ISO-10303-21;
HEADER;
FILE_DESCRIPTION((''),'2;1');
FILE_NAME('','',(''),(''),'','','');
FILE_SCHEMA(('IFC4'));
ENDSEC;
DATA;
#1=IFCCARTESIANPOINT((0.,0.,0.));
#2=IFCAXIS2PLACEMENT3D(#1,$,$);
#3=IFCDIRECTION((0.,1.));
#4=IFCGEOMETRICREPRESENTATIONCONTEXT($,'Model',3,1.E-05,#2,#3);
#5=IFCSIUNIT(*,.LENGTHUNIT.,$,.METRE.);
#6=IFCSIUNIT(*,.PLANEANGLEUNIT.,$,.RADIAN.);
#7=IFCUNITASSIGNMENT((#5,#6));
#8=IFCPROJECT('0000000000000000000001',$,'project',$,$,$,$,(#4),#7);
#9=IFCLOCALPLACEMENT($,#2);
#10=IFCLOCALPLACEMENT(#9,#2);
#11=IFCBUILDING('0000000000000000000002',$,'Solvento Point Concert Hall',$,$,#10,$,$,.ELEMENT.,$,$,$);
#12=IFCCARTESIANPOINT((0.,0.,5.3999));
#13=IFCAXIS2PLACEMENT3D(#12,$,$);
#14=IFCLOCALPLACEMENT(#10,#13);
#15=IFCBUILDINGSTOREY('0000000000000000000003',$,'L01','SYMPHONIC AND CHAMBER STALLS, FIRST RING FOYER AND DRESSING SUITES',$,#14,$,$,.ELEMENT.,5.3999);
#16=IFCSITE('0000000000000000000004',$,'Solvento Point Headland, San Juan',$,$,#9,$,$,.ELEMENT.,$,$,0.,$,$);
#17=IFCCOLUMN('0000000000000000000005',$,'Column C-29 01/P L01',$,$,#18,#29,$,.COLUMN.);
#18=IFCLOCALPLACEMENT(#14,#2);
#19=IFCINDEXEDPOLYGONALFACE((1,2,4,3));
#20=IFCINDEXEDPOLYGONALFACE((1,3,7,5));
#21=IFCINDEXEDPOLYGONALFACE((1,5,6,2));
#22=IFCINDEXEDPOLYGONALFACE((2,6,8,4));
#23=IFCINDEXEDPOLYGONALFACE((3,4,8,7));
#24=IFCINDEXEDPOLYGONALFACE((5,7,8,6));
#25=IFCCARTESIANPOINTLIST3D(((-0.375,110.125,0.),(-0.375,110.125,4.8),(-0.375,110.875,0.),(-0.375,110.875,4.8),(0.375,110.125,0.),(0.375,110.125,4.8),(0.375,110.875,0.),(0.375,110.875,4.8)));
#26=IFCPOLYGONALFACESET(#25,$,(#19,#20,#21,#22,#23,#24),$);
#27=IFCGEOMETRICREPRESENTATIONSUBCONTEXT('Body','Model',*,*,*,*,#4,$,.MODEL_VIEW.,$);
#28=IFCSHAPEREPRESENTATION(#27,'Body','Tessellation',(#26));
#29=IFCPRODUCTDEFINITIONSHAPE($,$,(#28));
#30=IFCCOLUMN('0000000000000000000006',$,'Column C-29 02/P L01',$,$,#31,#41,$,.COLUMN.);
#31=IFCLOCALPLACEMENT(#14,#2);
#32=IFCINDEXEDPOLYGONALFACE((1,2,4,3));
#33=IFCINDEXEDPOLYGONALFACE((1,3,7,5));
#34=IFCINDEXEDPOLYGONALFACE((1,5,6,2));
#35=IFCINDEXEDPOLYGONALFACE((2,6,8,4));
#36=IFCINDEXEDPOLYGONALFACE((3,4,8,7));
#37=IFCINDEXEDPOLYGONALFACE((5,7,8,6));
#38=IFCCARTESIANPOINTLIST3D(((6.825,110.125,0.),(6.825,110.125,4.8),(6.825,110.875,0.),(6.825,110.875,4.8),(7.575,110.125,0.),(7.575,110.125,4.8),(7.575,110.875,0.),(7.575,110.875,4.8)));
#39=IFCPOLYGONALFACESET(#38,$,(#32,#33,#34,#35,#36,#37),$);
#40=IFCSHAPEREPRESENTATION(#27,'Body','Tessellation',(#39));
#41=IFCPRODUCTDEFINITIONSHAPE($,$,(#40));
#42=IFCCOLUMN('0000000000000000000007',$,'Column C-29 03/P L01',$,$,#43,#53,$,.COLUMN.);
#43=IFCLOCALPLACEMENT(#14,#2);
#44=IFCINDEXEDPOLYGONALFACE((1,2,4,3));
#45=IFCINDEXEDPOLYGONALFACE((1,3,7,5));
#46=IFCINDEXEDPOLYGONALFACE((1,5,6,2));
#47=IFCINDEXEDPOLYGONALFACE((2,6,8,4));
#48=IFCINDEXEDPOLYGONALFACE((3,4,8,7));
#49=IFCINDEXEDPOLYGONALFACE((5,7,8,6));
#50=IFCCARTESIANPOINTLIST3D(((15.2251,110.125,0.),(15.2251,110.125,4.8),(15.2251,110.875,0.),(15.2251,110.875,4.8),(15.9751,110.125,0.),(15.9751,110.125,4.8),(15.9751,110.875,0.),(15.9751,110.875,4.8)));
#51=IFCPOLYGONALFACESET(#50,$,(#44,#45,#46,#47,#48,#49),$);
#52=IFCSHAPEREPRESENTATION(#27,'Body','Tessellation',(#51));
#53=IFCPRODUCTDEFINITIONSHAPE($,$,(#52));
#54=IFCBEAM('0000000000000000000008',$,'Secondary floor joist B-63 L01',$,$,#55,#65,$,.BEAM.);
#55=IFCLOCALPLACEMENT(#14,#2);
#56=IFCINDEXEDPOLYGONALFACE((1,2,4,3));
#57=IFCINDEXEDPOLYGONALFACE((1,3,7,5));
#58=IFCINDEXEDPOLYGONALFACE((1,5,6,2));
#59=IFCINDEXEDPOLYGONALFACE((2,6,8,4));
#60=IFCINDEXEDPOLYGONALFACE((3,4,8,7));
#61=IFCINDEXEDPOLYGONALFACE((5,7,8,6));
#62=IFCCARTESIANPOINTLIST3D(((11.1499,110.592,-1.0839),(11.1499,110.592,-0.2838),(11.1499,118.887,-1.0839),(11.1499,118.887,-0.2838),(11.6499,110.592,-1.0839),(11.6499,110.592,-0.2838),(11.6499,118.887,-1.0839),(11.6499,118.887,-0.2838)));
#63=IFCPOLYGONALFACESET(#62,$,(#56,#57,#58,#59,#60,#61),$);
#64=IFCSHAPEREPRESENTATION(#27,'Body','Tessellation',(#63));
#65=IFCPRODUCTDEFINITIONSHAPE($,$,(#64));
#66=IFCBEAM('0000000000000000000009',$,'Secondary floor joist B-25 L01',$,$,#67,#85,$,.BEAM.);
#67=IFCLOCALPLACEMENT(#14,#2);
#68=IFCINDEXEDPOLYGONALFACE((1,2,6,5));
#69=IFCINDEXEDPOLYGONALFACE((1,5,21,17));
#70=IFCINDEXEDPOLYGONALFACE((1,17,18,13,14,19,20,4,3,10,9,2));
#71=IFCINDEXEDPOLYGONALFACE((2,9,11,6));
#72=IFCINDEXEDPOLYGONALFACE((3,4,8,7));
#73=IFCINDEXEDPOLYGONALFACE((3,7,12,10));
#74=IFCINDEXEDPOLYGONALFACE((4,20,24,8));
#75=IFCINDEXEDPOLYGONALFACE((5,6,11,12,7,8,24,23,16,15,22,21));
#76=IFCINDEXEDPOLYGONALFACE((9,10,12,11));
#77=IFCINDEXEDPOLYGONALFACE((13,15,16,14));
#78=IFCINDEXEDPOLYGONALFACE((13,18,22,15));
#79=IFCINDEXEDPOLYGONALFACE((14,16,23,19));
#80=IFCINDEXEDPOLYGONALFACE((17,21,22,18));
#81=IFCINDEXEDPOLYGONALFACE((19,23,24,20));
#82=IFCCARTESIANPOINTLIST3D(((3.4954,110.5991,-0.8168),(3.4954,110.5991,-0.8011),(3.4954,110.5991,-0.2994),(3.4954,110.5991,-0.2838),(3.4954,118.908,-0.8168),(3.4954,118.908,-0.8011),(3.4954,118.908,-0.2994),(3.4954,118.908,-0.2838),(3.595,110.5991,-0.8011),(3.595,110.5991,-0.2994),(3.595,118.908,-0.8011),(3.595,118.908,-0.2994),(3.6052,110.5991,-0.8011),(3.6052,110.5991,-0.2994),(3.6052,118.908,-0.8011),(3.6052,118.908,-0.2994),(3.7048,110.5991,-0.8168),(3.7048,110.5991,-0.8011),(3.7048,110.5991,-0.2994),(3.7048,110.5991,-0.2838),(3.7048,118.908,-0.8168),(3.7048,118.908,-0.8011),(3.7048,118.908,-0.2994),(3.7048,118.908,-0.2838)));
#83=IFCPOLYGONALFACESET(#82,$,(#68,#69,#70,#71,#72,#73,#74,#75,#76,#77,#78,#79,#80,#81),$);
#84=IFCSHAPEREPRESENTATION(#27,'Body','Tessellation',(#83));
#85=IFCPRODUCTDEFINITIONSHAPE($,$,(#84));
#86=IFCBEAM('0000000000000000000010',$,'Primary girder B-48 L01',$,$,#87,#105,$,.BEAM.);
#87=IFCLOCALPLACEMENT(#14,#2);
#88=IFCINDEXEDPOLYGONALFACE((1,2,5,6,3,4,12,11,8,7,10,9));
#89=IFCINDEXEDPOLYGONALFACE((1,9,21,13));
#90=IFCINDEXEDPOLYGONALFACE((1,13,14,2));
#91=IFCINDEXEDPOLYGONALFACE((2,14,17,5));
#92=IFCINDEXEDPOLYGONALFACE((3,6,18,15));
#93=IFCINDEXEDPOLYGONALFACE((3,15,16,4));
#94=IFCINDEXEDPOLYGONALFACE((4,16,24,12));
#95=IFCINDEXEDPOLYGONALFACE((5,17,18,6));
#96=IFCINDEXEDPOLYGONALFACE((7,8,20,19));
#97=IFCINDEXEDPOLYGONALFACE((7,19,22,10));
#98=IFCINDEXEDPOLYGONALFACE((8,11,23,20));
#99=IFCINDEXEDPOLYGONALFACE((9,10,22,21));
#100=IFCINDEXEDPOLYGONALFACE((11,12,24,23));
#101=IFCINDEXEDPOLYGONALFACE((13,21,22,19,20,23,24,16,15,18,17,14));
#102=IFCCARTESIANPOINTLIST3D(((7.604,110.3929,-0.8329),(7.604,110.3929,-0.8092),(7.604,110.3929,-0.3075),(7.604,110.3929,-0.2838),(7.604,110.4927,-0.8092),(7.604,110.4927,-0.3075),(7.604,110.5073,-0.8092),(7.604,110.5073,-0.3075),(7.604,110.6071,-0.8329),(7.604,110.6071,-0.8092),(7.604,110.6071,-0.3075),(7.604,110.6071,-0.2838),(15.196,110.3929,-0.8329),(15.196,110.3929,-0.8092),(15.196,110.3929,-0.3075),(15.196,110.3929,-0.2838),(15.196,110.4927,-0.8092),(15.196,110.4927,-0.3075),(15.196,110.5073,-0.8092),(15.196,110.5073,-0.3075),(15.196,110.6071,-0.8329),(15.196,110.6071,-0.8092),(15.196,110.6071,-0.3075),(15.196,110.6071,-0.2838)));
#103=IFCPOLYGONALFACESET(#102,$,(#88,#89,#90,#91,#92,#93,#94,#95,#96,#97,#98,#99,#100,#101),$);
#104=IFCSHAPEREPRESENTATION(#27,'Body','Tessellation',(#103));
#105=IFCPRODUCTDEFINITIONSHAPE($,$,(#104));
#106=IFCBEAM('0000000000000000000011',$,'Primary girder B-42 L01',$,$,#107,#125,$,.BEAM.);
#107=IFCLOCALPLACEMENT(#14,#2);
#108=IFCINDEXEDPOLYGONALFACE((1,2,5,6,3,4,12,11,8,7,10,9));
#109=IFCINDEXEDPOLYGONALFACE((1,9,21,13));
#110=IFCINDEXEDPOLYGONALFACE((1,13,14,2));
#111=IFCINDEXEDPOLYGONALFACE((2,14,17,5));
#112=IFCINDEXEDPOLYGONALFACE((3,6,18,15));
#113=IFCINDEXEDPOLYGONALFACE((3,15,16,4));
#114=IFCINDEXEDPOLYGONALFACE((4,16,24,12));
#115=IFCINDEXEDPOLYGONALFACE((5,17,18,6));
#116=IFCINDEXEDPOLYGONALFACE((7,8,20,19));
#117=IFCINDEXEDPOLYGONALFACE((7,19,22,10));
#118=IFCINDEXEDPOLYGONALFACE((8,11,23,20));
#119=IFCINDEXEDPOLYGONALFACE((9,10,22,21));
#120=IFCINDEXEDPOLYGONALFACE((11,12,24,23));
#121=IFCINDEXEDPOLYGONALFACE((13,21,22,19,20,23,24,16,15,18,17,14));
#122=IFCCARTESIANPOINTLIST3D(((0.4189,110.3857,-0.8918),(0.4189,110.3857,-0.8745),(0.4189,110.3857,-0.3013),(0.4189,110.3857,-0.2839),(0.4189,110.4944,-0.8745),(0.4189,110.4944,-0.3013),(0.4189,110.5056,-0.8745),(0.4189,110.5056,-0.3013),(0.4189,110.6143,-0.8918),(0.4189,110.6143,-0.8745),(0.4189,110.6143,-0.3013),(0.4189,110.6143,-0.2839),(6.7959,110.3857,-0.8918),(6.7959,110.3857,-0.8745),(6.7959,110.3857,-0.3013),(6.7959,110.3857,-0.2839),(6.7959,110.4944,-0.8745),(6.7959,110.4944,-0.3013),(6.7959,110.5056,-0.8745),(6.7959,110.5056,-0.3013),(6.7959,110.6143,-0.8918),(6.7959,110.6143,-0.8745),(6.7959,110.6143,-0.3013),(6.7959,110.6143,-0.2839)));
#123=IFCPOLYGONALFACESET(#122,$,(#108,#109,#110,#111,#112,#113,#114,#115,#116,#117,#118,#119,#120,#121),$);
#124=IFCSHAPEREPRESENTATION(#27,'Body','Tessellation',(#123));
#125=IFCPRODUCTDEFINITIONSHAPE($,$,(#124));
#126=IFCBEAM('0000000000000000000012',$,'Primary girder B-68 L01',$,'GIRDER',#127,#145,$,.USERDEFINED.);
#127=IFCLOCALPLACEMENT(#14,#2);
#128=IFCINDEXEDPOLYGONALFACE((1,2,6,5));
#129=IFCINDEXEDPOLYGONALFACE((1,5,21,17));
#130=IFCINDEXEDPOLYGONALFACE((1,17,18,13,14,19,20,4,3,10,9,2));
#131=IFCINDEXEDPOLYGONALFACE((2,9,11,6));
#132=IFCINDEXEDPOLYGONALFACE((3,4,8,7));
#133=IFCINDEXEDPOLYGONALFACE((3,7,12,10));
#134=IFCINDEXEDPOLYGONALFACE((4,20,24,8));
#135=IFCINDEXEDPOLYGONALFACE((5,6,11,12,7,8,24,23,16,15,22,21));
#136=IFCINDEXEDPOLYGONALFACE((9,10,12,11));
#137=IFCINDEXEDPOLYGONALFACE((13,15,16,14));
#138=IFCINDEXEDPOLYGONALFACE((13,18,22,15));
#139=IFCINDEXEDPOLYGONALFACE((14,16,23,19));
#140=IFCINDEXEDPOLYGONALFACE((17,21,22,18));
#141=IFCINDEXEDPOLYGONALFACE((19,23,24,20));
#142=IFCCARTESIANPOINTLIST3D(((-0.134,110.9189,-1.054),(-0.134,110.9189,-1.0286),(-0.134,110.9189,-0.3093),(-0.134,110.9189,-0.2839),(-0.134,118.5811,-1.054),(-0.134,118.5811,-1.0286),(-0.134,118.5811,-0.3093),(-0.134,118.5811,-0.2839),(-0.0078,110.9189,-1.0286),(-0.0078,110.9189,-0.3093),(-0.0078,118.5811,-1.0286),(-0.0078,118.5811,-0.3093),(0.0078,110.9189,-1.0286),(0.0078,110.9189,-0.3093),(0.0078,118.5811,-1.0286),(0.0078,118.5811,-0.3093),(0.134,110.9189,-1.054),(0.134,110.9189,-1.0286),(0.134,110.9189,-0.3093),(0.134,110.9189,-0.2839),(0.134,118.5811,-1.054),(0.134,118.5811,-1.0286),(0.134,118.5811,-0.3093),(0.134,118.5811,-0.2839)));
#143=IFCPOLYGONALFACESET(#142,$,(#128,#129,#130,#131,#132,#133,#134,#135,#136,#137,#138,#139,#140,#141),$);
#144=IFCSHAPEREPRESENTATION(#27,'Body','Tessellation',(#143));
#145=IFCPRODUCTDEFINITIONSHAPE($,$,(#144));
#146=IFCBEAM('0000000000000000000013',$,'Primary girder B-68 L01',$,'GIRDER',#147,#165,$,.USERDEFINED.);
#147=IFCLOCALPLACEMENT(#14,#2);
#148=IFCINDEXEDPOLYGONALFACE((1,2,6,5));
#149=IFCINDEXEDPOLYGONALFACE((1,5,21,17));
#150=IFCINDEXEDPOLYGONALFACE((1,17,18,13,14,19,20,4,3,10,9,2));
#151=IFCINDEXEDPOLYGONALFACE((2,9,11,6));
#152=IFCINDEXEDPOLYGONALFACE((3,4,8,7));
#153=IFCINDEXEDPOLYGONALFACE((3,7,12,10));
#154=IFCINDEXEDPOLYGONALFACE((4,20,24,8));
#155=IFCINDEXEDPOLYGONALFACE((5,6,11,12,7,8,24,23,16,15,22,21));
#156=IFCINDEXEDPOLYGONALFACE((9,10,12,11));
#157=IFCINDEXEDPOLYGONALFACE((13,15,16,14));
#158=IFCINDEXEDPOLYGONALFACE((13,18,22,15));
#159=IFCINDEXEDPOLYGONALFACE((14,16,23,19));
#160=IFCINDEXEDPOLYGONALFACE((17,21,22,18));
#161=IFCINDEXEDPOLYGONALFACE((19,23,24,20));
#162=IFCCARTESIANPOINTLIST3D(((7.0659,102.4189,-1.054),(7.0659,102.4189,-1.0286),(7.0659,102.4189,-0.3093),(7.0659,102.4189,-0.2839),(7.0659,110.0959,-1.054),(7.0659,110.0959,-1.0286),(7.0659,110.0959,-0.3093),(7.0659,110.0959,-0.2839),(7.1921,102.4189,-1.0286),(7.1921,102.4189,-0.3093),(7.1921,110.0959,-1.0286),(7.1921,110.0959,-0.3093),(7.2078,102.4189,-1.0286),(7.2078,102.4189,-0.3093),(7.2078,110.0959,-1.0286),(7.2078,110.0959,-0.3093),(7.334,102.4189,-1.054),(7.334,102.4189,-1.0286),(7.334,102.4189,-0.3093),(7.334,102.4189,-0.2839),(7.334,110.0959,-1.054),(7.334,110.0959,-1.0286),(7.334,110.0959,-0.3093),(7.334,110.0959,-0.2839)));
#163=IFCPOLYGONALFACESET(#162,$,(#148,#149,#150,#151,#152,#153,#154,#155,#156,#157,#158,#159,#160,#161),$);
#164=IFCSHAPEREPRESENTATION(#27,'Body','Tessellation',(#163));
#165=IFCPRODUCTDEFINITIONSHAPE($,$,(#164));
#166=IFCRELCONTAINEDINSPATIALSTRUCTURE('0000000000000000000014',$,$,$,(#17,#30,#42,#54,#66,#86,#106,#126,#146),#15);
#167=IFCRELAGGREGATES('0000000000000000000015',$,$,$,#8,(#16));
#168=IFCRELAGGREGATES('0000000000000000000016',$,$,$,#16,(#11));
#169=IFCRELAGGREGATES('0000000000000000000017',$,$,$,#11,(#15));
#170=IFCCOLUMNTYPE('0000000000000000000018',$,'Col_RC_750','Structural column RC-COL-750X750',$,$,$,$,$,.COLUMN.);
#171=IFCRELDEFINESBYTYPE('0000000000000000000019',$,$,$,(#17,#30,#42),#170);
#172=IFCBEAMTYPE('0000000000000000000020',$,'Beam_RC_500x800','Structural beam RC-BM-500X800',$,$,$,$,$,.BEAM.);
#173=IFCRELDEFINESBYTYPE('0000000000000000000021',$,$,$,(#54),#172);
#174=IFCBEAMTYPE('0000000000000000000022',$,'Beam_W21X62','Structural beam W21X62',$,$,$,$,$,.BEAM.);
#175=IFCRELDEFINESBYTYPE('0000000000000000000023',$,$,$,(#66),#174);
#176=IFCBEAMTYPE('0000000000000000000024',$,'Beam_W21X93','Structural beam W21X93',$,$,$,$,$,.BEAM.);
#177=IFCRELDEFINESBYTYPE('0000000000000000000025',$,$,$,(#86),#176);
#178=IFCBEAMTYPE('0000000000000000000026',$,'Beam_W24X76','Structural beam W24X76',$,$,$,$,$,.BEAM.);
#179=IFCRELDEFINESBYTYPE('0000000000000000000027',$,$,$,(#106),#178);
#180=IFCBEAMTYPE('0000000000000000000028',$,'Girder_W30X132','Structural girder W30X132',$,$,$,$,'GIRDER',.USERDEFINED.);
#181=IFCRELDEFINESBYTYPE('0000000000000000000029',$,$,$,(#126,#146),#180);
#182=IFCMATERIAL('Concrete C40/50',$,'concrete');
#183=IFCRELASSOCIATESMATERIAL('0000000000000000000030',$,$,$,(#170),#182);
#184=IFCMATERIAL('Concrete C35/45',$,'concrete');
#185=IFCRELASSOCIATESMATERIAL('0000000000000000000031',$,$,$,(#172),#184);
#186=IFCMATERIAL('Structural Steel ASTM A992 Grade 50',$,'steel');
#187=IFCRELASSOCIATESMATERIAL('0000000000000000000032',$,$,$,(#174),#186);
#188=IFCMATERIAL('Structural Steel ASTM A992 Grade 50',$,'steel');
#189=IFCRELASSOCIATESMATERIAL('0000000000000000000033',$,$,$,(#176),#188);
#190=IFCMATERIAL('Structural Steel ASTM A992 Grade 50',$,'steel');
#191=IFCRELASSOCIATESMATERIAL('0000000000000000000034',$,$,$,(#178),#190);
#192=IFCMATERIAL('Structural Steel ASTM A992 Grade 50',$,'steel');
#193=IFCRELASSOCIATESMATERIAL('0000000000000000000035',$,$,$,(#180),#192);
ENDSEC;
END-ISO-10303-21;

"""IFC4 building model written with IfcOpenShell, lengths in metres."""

from ifc_helpers import new_model, si_unit, direction, frame, origin, origin_2d, place, context, subcontext, project, spatial, rectangle, i_section, extrude, material, material_profile, profile_set, type_object, element, save


model = new_model("IFC4")

# Units and contexts
model_context = context("Model", 3, precision=1e-05, world=origin(), true_north=direction((0.0, 1.0)))
body_context = subcontext(model_context, "Body", "Model", "MODEL_VIEW")
ifc_project = project(units=[si_unit("LENGTHUNIT", "METRE"), si_unit("PLANEANGLEUNIT", "RADIAN")], contexts=[model_context])

# Site, building, storey
site_placement = place(None, origin())
site = spatial("IfcSite", under=ifc_project, at=site_placement, Name="Solvento Point Headland, San Juan", CompositionType="ELEMENT", RefElevation=0.0)
building_placement = place(site_placement, origin())
building = spatial("IfcBuilding", under=site, at=building_placement, Name="Solvento Point Concert Hall", CompositionType="ELEMENT")
storey_placement = place(building_placement, frame((0.0, 0.0, 5.3999)))
storey = spatial("IfcBuildingStorey", under=building, at=storey_placement, Name="L01", Description="SYMPHONIC AND CHAMBER STALLS, FIRST RING FOYER AND DRESSING SUITES", CompositionType="ELEMENT", Elevation=5.3999)

# Columns
ifc_material_1 = material(Name="Concrete C40/50", Category="concrete")
ifc_material_profile_1 = material_profile(ifc_material_1, rectangle(XDim=0.75, YDim=0.75, at=origin_2d()), Name="RC-COL-750X750")
ifc_profile_set_1 = profile_set([ifc_material_profile_1], Name="Concrete C40/50")
column_type = type_object("IfcColumnType", Name="Col_RC_750", Description="Structural column RC-COL-750X750", PredefinedType="COLUMN", material=ifc_profile_set_1)
for number, where, z_axis, x_axis, name in (
    (1, (0.0, 110.5, 0.0), (0.0, 0.0, 1.0), (1.0, 0.0, 0.0), "Column C-29 01/P L01"),
    (2, (7.2, 110.5, 0.0), (0.0, 0.0, 1.0), (1.0, 0.0, 0.0), "Column C-29 02/P L01"),
    (3, (15.6001, 110.5, 0.0), (0.0, 0.0, 1.0), (1.0, 0.0, 0.0), "Column C-29 03/P L01"),
):
    element("IfcColumn", number, at=place(storey_placement, frame(where, z_axis=z_axis, x_axis=x_axis)), inside=storey, type_object=column_type, Name=name, PredefinedType="COLUMN", context=body_context, shape_type="SweptSolid", body=[
        extrude(rectangle(XDim=0.75, YDim=0.75, at=origin_2d()), origin(), (0.0, 0.0, 1.0), 4.8),
    ])

# Beams
ifc_material_2 = material(Name="Concrete C35/45", Category="concrete")
ifc_material_profile_2 = material_profile(ifc_material_2, rectangle(XDim=0.5, YDim=0.8, at=origin_2d()), Name="RC-BM-500X800")
ifc_profile_set_2 = profile_set([ifc_material_profile_2], Name="Concrete C35/45")
beam_type_1 = type_object("IfcBeamType", Name="Beam_RC_500x800", Description="Structural beam RC-BM-500X800", PredefinedType="BEAM", material=ifc_profile_set_2)
beam_1_placement = place(storey_placement, frame((11.3999, 110.592, -0.6838), z_axis=(0.0, 1.0, 0.0), x_axis=(-1.0, 0.0, 0.0)))
element("IfcBeam", 4, at=beam_1_placement, inside=storey, type_object=beam_type_1, Name="Secondary floor joist B-63 L01", PredefinedType="BEAM", context=body_context, shape_type="SweptSolid", body=[
    extrude(rectangle(XDim=0.5, YDim=0.8, at=origin_2d()), origin(), (0.0, 0.0, 1.0), 8.2949),
])
ifc_material_3 = material(Name="Structural Steel ASTM A992 Grade 50", Category="steel")
ifc_material_profile_3 = material_profile(ifc_material_3, i_section(OverallWidth=0.2095, OverallDepth=0.533, WebThickness=0.0103, FlangeThickness=0.0156, at=origin_2d()), Name="W21X62")
ifc_profile_set_3 = profile_set([ifc_material_profile_3], Name="Structural Steel ASTM A992 Grade 50")
beam_type_2 = type_object("IfcBeamType", Name="Beam_W21X62", Description="Structural beam W21X62", PredefinedType="BEAM", material=ifc_profile_set_3)
beam_2_placement = place(storey_placement, frame((3.6001, 110.5991, -0.5503), z_axis=(0.0, 1.0, 0.0), x_axis=(-1.0, 0.0, 0.0)))
element("IfcBeam", 5, at=beam_2_placement, inside=storey, type_object=beam_type_2, Name="Secondary floor joist B-25 L01", PredefinedType="BEAM", context=body_context, shape_type="SweptSolid", body=[
    extrude(i_section(OverallWidth=0.2095, OverallDepth=0.533, WebThickness=0.0103, FlangeThickness=0.0156, at=origin_2d()), origin(), (0.0, 0.0, 1.0), 8.3088),
])
ifc_material_4 = material(Name="Structural Steel ASTM A992 Grade 50", Category="steel")
ifc_material_profile_4 = material_profile(ifc_material_4, i_section(OverallWidth=0.2141, OverallDepth=0.5491, WebThickness=0.0146, FlangeThickness=0.0237, at=origin_2d()), Name="W21X93")
ifc_profile_set_4 = profile_set([ifc_material_profile_4], Name="Structural Steel ASTM A992 Grade 50")
beam_type_3 = type_object("IfcBeamType", Name="Beam_W21X93", Description="Structural beam W21X93", PredefinedType="BEAM", material=ifc_profile_set_4)
beam_3_placement = place(storey_placement, frame((7.604, 110.5, -0.5583), z_axis=(1.0, 0.0, 0.0), x_axis=(0.0, 1.0, 0.0)))
element("IfcBeam", 6, at=beam_3_placement, inside=storey, type_object=beam_type_3, Name="Primary girder B-48 L01", PredefinedType="BEAM", context=body_context, shape_type="SweptSolid", body=[
    extrude(i_section(OverallWidth=0.2141, OverallDepth=0.5491, WebThickness=0.0146, FlangeThickness=0.0237, at=origin_2d()), origin(), (0.0, 0.0, 1.0), 7.592),
])
ifc_material_5 = material(Name="Structural Steel ASTM A992 Grade 50", Category="steel")
ifc_material_profile_5 = material_profile(ifc_material_5, i_section(OverallWidth=0.2285, OverallDepth=0.6079, WebThickness=0.0112, FlangeThickness=0.0173, at=origin_2d()), Name="W24X76")
ifc_profile_set_5 = profile_set([ifc_material_profile_5], Name="Structural Steel ASTM A992 Grade 50")
beam_type_4 = type_object("IfcBeamType", Name="Beam_W24X76", Description="Structural beam W24X76", PredefinedType="BEAM", material=ifc_profile_set_5)
beam_4_placement = place(storey_placement, frame((0.4189, 110.5, -0.5879), z_axis=(1.0, 0.0, 0.0), x_axis=(0.0, 1.0, 0.0)))
element("IfcBeam", 7, at=beam_4_placement, inside=storey, type_object=beam_type_4, Name="Primary girder B-42 L01", PredefinedType="BEAM", context=body_context, shape_type="SweptSolid", body=[
    extrude(i_section(OverallWidth=0.2285, OverallDepth=0.6079, WebThickness=0.0112, FlangeThickness=0.0173, at=origin_2d()), origin(), (0.0, 0.0, 1.0), 6.377),
])
ifc_material_6 = material(Name="Structural Steel ASTM A992 Grade 50", Category="steel")
ifc_material_profile_6 = material_profile(ifc_material_6, i_section(OverallWidth=0.2681, OverallDepth=0.77, WebThickness=0.0156, FlangeThickness=0.0254, at=origin_2d()), Name="W30X132")
ifc_profile_set_6 = profile_set([ifc_material_profile_6], Name="Structural Steel ASTM A992 Grade 50")
beam_type_5 = type_object("IfcBeamType", Name="Girder_W30X132", Description="Structural girder W30X132", ElementType="GIRDER", PredefinedType="USERDEFINED", material=ifc_profile_set_6)
beam_5_placement = place(storey_placement, frame((0.0, 110.9189, -0.6689), z_axis=(0.0, 1.0, 0.0), x_axis=(-1.0, 0.0, 0.0)))
element("IfcBeam", 8, at=beam_5_placement, inside=storey, type_object=beam_type_5, Name="Primary girder B-68 L01", ObjectType="GIRDER", PredefinedType="USERDEFINED", context=body_context, shape_type="SweptSolid", body=[
    extrude(i_section(OverallWidth=0.2681, OverallDepth=0.77, WebThickness=0.0156, FlangeThickness=0.0254, at=origin_2d()), origin(), (0.0, 0.0, 1.0), 7.6621),
])
beam_6_placement = place(storey_placement, frame((7.2, 102.4189, -0.6689), z_axis=(0.0, 1.0, 0.0), x_axis=(-1.0, 0.0, 0.0)))
element("IfcBeam", 9, at=beam_6_placement, inside=storey, type_object=beam_type_5, Name="Primary girder B-68 L01", ObjectType="GIRDER", PredefinedType="USERDEFINED", context=body_context, shape_type="SweptSolid", body=[
    extrude(i_section(OverallWidth=0.2681, OverallDepth=0.77, WebThickness=0.0156, FlangeThickness=0.0254, at=origin_2d()), origin(), (0.0, 0.0, 1.0), 7.677),
])

save(model, "model.ifc")
